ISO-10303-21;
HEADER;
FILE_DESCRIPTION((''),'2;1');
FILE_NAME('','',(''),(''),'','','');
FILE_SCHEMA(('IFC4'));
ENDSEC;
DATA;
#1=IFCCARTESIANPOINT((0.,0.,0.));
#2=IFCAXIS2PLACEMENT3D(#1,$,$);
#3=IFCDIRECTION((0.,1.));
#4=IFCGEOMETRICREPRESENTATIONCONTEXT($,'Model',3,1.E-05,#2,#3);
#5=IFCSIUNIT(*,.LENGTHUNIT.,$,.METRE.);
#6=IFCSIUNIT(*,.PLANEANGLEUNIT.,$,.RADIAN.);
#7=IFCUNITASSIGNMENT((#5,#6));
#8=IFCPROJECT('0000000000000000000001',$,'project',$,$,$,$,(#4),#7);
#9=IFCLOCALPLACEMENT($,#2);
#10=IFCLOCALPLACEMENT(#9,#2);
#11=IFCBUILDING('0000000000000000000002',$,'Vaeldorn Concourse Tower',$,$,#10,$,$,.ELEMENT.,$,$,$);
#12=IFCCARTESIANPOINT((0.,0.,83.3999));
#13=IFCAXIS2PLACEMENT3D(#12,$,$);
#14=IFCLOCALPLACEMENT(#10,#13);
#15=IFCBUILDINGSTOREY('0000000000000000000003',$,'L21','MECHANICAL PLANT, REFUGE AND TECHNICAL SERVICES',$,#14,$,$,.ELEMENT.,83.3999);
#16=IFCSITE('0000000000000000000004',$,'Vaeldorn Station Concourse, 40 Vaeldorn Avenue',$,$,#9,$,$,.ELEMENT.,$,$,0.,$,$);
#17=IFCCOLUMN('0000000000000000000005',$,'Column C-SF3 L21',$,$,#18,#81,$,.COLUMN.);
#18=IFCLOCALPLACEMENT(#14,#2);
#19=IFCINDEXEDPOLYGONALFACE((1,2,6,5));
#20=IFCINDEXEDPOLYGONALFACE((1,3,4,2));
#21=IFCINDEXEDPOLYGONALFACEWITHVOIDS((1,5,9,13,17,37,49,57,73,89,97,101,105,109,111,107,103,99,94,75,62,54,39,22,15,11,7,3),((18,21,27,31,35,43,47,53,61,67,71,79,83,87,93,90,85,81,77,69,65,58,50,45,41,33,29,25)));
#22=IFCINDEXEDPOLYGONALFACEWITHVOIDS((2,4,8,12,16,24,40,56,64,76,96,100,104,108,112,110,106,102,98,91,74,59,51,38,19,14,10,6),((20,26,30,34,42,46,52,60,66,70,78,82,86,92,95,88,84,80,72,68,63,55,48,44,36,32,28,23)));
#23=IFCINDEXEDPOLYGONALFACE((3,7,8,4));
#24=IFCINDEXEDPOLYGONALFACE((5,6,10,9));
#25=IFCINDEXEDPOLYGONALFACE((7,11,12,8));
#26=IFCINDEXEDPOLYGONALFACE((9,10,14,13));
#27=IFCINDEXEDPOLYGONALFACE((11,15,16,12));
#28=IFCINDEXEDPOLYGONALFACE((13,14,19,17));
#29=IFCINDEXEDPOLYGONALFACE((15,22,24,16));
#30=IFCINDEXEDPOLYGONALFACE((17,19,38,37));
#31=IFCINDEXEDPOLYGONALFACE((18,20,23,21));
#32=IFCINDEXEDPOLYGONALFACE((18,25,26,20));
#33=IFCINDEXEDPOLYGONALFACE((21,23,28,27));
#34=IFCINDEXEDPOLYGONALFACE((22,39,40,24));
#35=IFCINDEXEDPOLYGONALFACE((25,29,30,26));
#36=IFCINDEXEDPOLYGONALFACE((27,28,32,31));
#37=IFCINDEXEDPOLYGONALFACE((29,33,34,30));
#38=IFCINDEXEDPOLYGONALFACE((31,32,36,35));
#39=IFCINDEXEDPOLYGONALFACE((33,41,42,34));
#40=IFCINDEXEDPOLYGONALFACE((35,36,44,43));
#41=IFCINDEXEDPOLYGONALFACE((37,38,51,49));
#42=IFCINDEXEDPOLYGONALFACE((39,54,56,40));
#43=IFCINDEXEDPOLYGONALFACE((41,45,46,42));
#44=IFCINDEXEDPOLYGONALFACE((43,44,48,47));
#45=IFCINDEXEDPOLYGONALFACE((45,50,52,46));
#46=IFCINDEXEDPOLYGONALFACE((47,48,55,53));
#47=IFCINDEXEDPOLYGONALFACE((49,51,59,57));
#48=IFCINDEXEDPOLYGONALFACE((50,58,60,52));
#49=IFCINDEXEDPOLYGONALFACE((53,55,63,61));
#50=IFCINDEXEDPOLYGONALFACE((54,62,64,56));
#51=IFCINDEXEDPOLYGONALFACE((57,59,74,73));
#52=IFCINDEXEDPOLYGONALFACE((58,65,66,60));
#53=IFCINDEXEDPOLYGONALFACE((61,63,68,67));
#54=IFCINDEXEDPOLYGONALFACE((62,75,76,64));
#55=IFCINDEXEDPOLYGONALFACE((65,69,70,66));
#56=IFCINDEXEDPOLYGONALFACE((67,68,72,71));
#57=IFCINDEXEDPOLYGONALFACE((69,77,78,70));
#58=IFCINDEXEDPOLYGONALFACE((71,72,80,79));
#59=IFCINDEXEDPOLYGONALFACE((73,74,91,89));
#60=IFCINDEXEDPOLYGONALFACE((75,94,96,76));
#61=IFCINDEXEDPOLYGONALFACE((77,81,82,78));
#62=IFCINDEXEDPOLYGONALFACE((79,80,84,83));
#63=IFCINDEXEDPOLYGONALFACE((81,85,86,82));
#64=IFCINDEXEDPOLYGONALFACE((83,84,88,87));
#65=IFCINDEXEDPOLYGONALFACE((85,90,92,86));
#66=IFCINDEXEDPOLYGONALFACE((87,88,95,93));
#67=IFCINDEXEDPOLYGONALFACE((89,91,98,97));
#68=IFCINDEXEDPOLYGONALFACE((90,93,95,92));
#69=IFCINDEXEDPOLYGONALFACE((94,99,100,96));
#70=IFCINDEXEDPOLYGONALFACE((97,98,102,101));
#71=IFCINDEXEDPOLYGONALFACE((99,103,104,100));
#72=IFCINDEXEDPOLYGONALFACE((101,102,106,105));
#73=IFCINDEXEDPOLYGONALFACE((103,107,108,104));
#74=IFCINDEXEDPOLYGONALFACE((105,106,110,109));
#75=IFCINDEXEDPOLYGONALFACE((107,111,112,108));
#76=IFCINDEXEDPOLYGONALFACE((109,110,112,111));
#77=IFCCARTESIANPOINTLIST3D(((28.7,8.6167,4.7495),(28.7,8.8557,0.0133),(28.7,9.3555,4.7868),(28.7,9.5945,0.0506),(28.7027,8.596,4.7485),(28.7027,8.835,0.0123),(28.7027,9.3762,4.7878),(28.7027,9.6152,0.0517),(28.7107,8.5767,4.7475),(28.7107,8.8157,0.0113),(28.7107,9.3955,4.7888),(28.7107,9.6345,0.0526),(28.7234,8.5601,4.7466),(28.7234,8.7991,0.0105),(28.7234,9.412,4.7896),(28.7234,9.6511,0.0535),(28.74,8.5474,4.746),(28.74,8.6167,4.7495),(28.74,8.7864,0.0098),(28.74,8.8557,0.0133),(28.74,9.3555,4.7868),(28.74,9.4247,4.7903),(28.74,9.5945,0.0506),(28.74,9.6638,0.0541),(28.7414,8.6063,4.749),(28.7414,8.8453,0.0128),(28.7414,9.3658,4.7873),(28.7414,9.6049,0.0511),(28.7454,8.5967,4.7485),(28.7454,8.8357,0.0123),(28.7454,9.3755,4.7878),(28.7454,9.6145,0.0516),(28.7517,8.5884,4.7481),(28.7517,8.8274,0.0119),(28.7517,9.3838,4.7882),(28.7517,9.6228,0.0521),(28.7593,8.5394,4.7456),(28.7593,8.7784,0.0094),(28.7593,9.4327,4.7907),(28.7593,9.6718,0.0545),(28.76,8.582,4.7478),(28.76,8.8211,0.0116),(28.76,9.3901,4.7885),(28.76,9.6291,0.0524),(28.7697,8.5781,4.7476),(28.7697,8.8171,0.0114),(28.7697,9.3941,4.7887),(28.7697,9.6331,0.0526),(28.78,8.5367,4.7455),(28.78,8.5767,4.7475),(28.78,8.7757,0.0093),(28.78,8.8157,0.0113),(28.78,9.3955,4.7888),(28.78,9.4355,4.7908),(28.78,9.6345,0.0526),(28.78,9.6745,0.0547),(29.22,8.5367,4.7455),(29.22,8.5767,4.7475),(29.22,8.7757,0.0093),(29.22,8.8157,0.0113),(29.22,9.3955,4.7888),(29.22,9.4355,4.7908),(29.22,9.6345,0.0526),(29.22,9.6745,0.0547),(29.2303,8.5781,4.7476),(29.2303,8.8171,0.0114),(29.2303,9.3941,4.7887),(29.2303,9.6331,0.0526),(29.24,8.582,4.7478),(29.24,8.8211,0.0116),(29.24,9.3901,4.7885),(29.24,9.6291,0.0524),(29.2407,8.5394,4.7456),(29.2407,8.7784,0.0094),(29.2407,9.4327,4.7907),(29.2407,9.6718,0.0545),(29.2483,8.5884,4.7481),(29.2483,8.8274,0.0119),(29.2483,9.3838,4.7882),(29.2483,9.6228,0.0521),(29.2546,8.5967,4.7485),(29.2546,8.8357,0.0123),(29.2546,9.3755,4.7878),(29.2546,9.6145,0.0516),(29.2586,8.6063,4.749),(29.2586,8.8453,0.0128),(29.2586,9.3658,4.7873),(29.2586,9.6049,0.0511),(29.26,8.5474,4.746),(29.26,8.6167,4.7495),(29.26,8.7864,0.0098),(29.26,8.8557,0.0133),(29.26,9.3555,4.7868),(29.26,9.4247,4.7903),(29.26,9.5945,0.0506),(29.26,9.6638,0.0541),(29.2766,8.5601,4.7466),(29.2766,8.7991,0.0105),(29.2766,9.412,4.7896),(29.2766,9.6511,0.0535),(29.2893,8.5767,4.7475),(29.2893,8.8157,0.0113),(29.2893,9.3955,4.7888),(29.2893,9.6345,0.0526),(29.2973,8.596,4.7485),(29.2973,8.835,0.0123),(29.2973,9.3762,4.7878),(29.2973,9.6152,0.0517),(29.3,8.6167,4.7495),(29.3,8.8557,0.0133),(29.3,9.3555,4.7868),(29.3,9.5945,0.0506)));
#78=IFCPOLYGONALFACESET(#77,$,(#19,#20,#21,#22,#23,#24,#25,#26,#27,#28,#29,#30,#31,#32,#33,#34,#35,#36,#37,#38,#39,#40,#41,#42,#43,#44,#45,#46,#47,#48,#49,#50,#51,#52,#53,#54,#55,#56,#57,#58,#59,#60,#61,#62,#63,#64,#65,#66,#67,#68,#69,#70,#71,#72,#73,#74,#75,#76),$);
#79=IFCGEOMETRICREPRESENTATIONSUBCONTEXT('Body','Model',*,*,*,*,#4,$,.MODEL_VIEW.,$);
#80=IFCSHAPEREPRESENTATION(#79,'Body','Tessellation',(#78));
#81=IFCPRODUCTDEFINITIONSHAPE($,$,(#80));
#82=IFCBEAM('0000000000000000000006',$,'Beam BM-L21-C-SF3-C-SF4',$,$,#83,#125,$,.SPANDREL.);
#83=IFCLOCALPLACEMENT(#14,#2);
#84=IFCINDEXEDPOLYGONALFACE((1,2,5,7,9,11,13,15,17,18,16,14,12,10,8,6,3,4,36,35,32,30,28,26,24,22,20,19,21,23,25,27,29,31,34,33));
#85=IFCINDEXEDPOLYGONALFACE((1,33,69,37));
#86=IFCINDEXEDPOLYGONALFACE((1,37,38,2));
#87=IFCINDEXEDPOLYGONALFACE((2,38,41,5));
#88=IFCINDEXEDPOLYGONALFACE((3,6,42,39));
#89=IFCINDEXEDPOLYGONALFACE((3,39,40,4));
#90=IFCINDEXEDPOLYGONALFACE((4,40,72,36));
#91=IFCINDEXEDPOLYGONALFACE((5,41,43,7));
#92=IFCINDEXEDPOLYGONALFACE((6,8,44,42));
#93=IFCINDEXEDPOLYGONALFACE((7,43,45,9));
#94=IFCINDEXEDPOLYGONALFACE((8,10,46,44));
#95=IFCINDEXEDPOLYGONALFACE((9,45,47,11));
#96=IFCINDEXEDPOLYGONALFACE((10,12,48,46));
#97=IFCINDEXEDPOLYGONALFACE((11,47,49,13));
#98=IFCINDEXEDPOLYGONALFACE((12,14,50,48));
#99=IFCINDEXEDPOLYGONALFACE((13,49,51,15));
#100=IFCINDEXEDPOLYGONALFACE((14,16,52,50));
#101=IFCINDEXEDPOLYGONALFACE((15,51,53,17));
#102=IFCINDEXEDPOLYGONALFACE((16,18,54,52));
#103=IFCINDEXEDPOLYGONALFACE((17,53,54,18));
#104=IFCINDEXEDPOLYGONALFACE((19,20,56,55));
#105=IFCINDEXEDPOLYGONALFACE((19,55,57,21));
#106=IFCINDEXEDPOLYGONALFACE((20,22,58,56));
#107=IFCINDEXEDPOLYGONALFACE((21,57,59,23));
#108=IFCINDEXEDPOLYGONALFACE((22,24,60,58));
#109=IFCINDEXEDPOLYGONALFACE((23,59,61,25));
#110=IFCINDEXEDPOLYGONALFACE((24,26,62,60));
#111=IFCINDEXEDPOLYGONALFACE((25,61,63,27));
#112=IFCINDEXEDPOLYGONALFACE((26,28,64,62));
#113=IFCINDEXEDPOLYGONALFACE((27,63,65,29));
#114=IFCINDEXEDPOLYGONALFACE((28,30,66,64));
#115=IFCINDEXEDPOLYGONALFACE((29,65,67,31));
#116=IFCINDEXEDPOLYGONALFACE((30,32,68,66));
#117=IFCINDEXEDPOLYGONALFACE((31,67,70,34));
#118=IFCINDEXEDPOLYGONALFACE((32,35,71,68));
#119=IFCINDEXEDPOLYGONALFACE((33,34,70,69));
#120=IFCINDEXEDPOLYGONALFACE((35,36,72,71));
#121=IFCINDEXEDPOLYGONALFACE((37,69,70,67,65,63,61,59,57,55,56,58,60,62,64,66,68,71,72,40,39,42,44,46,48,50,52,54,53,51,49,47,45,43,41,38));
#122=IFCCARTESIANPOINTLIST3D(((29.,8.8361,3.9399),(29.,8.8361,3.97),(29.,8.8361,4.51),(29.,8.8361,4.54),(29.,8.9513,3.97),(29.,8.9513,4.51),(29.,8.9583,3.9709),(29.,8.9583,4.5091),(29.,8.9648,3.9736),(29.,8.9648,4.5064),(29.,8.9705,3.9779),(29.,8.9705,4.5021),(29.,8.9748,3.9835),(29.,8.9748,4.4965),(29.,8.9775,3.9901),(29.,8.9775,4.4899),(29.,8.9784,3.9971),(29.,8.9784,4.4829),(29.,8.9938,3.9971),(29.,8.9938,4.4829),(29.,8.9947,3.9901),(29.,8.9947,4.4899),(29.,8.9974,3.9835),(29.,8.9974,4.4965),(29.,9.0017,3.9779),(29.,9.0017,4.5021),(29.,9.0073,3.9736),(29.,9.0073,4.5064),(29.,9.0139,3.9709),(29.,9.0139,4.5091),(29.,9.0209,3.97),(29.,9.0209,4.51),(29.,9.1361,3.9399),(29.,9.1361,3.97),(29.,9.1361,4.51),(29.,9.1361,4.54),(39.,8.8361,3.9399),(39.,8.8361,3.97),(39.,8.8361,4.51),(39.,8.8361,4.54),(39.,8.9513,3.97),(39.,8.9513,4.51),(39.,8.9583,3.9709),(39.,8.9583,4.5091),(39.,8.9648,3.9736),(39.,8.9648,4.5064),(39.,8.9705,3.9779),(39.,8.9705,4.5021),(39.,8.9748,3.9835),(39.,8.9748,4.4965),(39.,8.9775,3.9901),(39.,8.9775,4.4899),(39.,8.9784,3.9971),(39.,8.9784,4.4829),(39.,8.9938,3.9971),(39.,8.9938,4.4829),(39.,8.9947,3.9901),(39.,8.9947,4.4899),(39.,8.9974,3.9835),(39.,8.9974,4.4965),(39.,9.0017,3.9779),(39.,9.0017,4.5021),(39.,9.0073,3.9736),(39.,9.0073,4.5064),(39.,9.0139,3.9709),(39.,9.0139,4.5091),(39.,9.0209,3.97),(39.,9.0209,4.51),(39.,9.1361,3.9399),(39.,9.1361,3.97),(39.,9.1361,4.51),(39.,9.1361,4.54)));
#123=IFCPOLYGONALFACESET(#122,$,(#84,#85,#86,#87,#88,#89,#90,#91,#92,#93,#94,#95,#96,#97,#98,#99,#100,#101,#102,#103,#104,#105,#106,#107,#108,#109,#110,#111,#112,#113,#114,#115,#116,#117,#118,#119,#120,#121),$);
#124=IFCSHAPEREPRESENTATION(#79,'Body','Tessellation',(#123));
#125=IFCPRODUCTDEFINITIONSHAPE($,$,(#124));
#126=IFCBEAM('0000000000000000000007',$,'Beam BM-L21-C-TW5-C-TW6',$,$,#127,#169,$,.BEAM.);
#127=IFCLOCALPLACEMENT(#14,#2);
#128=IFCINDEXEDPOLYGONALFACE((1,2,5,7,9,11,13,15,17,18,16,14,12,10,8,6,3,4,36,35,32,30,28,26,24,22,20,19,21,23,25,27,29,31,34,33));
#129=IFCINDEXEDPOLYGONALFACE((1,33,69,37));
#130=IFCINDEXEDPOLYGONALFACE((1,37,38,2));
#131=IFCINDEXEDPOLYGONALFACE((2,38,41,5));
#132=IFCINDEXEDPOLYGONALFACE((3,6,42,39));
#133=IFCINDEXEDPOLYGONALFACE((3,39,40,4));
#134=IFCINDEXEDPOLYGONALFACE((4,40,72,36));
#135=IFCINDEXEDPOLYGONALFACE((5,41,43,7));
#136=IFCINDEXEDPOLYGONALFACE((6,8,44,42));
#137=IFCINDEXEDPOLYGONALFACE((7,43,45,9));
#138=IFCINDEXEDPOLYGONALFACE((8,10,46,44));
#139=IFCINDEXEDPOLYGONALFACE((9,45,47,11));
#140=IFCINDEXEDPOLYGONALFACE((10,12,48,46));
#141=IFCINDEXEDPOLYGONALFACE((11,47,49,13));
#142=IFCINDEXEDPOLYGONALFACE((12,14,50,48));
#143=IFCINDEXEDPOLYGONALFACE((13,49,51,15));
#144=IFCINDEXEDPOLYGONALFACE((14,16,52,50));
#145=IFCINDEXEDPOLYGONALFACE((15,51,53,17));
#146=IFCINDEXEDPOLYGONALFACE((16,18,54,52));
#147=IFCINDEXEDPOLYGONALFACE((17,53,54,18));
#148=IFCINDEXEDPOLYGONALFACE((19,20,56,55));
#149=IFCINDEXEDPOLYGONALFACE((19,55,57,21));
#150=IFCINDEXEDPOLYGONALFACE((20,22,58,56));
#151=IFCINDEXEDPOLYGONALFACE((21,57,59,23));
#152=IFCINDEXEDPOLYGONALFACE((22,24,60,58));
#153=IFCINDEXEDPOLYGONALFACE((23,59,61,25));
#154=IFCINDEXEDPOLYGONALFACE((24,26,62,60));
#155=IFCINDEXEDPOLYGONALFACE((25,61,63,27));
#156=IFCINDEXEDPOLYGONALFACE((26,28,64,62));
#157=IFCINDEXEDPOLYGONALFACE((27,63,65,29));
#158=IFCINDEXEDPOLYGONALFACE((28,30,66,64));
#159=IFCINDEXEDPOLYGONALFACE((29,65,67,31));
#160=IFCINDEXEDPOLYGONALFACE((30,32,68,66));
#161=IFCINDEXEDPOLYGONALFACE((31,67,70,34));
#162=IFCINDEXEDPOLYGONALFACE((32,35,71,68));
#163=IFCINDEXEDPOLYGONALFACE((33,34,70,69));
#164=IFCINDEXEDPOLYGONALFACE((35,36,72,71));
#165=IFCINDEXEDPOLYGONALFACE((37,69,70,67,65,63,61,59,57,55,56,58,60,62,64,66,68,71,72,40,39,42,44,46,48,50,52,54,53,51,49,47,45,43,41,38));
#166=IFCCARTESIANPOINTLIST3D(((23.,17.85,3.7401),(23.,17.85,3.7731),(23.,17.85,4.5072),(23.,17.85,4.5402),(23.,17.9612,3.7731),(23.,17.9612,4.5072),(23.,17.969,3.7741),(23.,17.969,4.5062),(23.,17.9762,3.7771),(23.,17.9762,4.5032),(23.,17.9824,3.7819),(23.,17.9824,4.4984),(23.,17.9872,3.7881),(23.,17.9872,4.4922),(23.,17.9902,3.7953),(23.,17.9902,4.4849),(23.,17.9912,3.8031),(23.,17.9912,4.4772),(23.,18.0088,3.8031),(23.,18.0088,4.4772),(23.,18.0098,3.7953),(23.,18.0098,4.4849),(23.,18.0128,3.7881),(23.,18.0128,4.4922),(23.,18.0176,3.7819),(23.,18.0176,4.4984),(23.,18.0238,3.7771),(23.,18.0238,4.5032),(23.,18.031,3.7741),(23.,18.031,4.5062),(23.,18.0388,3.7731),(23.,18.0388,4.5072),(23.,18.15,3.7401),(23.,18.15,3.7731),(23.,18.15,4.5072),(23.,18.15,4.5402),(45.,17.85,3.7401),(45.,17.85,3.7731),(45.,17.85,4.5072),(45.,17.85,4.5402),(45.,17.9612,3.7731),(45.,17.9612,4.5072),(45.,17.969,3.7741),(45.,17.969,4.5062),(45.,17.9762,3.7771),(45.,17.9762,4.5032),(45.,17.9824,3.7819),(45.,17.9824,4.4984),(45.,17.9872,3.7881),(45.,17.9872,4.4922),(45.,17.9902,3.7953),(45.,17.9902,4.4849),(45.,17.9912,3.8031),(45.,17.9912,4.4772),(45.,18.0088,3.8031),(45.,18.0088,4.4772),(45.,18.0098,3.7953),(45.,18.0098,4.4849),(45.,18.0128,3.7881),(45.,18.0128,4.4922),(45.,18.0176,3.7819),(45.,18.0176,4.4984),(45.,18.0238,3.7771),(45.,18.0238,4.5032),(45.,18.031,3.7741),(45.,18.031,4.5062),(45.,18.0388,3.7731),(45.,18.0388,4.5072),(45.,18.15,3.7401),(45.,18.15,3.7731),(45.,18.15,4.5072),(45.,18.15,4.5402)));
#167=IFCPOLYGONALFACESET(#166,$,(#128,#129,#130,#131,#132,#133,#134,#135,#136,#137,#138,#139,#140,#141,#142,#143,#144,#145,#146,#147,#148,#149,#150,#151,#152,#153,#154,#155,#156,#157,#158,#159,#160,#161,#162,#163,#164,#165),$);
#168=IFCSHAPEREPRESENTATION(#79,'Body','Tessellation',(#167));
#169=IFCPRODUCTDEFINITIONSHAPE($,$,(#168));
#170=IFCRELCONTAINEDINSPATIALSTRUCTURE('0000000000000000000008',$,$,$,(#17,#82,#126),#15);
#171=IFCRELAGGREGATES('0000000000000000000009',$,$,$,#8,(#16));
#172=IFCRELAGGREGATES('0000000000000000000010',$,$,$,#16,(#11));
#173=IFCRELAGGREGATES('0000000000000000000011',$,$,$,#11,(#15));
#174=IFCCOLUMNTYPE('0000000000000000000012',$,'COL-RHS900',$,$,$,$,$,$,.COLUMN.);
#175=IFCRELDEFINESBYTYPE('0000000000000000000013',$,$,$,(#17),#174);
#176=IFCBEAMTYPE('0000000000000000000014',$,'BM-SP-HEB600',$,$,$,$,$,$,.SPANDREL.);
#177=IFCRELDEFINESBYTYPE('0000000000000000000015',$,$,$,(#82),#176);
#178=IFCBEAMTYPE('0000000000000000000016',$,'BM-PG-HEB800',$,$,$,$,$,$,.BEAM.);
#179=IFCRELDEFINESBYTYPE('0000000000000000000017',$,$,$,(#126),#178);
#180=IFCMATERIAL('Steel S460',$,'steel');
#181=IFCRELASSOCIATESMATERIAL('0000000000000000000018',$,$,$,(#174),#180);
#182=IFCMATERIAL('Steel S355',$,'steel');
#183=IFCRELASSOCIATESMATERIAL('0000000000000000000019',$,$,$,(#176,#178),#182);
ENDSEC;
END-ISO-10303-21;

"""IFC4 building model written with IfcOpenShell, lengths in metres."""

from ifc_helpers import new_model, si_unit, direction, frame, origin, origin_2d, place, context, subcontext, project, spatial, hollow_rectangle, i_section, extrude, source, transform, mapped, material, material_profile, profile_set, type_object, element, save


model = new_model("IFC4")

# Units and contexts
model_context = context("Model", 3, precision=1e-05, world=origin(), true_north=direction((0.0, 1.0)))
body_context = subcontext(model_context, "Body", "Model", "MODEL_VIEW")
ifc_project = project(units=[si_unit("LENGTHUNIT", "METRE"), si_unit("PLANEANGLEUNIT", "RADIAN")], contexts=[model_context])

# Site, building, storey
site_placement = place(None, origin())
site = spatial("IfcSite", under=ifc_project, at=site_placement, Name="Vaeldorn Station Concourse, 40 Vaeldorn Avenue", CompositionType="ELEMENT", RefElevation=0.0)
building_placement = place(site_placement, origin())
building = spatial("IfcBuilding", under=site, at=building_placement, Name="Vaeldorn Concourse Tower", CompositionType="ELEMENT")
storey_placement = place(building_placement, frame((0.0, 0.0, 83.3999)))
storey = spatial("IfcBuildingStorey", under=building, at=storey_placement, Name="L21", Description="MECHANICAL PLANT, REFUGE AND TECHNICAL SERVICES", CompositionType="ELEMENT", Elevation=83.3999)

# Column
ifc_material_1 = material(Name="Steel S460", Category="steel")
ifc_material_profile_1 = material_profile(ifc_material_1, hollow_rectangle(XDim=0.6001, YDim=0.8999, WallThickness=0.04, InnerFilletRadius=0.04, OuterFilletRadius=0.0801, at=origin_2d()), Name="RHS 900x600x40")
ifc_profile_set_1 = profile_set([ifc_material_profile_1], Name="Steel S460")
column_type = type_object("IfcColumnType", Name="COL-RHS900", PredefinedType="COLUMN", material=ifc_profile_set_1)
shared_shape_1 = source(origin(), body_context, "Body", "SweptSolid", [
    extrude(hollow_rectangle(XDim=0.6001, YDim=0.8999, WallThickness=0.04, InnerFilletRadius=0.04, OuterFilletRadius=0.0801, at=origin_2d()), origin(), (0.0, 0.0, 1.0), 4.7422),
])
for number, where, z_axis, x_axis, name in (
    (1, (29.0, 9.2251, 0.032), (0.0, -0.050402, 0.998729), (1.0, 0.0, 0.0), "Column C-SF3 L21"),
):
    element("IfcColumn", number, at=place(storey_placement, frame(where, z_axis=z_axis, x_axis=x_axis)), inside=storey, type_object=column_type, Name=name, PredefinedType="COLUMN", context=body_context, shape_type="MappedRepresentation", body=[
        mapped(shared_shape_1, transform((0.0, 0.0, 0.0), scale=1.0)),
    ])

# Beams
ifc_material_2 = material(Name="Steel S355", Category="steel")
ifc_material_profile_2 = material_profile(ifc_material_2, i_section(OverallWidth=0.3, OverallDepth=0.6001, WebThickness=0.0154, FlangeThickness=0.03, FilletRadius=0.0271, at=origin_2d()), Name="HEB 600")
ifc_profile_set_2 = profile_set([ifc_material_profile_2], Name="Steel S355")
beam_type_1 = type_object("IfcBeamType", Name="BM-SP-HEB600", PredefinedType="SPANDREL", material=ifc_profile_set_2)
shared_shape_2 = source(origin(), body_context, "Body", "SweptSolid", [
    extrude(i_section(OverallWidth=0.3, OverallDepth=0.6001, WebThickness=0.0154, FlangeThickness=0.03, FilletRadius=0.0271, at=origin_2d()), origin(), (0.0, 0.0, 1.0), 10.0),
])
beam_1_placement = place(storey_placement, frame((29.0, 8.9861, 4.24), z_axis=(1.0, 0.0, 0.0), x_axis=(0.0, 1.0, 0.0)))
element("IfcBeam", 2, at=beam_1_placement, inside=storey, type_object=beam_type_1, Name="Beam BM-L21-C-SF3-C-SF4", PredefinedType="SPANDREL", context=body_context, shape_type="MappedRepresentation", body=[
    mapped(shared_shape_2, transform((0.0, 0.0, 0.0), scale=1.0)),
])
ifc_material_profile_3 = material_profile(ifc_material_2, i_section(OverallWidth=0.3, OverallDepth=0.8, WebThickness=0.0176, FlangeThickness=0.033, FilletRadius=0.03, at=origin_2d()), Name="HEB 800")
ifc_profile_set_3 = profile_set([ifc_material_profile_3], Name="Steel S355")
beam_type_2 = type_object("IfcBeamType", Name="BM-PG-HEB800", PredefinedType="BEAM", material=ifc_profile_set_3)
shared_shape_3 = source(origin(), body_context, "Body", "SweptSolid", [
    extrude(i_section(OverallWidth=0.3, OverallDepth=0.8, WebThickness=0.0176, FlangeThickness=0.033, FilletRadius=0.03, at=origin_2d()), origin(), (0.0, 0.0, 1.0), 22.0),
])
beam_2_placement = place(storey_placement, frame((23.0, 18.0, 4.1401), z_axis=(1.0, 0.0, 0.0), x_axis=(0.0, 1.0, 0.0)))
element("IfcBeam", 3, at=beam_2_placement, inside=storey, type_object=beam_type_2, Name="Beam BM-L21-C-TW5-C-TW6", PredefinedType="BEAM", context=body_context, shape_type="MappedRepresentation", body=[
    mapped(shared_shape_3, transform((0.0, 0.0, 0.0), scale=1.0)),
])

save(model, "model.ifc")
